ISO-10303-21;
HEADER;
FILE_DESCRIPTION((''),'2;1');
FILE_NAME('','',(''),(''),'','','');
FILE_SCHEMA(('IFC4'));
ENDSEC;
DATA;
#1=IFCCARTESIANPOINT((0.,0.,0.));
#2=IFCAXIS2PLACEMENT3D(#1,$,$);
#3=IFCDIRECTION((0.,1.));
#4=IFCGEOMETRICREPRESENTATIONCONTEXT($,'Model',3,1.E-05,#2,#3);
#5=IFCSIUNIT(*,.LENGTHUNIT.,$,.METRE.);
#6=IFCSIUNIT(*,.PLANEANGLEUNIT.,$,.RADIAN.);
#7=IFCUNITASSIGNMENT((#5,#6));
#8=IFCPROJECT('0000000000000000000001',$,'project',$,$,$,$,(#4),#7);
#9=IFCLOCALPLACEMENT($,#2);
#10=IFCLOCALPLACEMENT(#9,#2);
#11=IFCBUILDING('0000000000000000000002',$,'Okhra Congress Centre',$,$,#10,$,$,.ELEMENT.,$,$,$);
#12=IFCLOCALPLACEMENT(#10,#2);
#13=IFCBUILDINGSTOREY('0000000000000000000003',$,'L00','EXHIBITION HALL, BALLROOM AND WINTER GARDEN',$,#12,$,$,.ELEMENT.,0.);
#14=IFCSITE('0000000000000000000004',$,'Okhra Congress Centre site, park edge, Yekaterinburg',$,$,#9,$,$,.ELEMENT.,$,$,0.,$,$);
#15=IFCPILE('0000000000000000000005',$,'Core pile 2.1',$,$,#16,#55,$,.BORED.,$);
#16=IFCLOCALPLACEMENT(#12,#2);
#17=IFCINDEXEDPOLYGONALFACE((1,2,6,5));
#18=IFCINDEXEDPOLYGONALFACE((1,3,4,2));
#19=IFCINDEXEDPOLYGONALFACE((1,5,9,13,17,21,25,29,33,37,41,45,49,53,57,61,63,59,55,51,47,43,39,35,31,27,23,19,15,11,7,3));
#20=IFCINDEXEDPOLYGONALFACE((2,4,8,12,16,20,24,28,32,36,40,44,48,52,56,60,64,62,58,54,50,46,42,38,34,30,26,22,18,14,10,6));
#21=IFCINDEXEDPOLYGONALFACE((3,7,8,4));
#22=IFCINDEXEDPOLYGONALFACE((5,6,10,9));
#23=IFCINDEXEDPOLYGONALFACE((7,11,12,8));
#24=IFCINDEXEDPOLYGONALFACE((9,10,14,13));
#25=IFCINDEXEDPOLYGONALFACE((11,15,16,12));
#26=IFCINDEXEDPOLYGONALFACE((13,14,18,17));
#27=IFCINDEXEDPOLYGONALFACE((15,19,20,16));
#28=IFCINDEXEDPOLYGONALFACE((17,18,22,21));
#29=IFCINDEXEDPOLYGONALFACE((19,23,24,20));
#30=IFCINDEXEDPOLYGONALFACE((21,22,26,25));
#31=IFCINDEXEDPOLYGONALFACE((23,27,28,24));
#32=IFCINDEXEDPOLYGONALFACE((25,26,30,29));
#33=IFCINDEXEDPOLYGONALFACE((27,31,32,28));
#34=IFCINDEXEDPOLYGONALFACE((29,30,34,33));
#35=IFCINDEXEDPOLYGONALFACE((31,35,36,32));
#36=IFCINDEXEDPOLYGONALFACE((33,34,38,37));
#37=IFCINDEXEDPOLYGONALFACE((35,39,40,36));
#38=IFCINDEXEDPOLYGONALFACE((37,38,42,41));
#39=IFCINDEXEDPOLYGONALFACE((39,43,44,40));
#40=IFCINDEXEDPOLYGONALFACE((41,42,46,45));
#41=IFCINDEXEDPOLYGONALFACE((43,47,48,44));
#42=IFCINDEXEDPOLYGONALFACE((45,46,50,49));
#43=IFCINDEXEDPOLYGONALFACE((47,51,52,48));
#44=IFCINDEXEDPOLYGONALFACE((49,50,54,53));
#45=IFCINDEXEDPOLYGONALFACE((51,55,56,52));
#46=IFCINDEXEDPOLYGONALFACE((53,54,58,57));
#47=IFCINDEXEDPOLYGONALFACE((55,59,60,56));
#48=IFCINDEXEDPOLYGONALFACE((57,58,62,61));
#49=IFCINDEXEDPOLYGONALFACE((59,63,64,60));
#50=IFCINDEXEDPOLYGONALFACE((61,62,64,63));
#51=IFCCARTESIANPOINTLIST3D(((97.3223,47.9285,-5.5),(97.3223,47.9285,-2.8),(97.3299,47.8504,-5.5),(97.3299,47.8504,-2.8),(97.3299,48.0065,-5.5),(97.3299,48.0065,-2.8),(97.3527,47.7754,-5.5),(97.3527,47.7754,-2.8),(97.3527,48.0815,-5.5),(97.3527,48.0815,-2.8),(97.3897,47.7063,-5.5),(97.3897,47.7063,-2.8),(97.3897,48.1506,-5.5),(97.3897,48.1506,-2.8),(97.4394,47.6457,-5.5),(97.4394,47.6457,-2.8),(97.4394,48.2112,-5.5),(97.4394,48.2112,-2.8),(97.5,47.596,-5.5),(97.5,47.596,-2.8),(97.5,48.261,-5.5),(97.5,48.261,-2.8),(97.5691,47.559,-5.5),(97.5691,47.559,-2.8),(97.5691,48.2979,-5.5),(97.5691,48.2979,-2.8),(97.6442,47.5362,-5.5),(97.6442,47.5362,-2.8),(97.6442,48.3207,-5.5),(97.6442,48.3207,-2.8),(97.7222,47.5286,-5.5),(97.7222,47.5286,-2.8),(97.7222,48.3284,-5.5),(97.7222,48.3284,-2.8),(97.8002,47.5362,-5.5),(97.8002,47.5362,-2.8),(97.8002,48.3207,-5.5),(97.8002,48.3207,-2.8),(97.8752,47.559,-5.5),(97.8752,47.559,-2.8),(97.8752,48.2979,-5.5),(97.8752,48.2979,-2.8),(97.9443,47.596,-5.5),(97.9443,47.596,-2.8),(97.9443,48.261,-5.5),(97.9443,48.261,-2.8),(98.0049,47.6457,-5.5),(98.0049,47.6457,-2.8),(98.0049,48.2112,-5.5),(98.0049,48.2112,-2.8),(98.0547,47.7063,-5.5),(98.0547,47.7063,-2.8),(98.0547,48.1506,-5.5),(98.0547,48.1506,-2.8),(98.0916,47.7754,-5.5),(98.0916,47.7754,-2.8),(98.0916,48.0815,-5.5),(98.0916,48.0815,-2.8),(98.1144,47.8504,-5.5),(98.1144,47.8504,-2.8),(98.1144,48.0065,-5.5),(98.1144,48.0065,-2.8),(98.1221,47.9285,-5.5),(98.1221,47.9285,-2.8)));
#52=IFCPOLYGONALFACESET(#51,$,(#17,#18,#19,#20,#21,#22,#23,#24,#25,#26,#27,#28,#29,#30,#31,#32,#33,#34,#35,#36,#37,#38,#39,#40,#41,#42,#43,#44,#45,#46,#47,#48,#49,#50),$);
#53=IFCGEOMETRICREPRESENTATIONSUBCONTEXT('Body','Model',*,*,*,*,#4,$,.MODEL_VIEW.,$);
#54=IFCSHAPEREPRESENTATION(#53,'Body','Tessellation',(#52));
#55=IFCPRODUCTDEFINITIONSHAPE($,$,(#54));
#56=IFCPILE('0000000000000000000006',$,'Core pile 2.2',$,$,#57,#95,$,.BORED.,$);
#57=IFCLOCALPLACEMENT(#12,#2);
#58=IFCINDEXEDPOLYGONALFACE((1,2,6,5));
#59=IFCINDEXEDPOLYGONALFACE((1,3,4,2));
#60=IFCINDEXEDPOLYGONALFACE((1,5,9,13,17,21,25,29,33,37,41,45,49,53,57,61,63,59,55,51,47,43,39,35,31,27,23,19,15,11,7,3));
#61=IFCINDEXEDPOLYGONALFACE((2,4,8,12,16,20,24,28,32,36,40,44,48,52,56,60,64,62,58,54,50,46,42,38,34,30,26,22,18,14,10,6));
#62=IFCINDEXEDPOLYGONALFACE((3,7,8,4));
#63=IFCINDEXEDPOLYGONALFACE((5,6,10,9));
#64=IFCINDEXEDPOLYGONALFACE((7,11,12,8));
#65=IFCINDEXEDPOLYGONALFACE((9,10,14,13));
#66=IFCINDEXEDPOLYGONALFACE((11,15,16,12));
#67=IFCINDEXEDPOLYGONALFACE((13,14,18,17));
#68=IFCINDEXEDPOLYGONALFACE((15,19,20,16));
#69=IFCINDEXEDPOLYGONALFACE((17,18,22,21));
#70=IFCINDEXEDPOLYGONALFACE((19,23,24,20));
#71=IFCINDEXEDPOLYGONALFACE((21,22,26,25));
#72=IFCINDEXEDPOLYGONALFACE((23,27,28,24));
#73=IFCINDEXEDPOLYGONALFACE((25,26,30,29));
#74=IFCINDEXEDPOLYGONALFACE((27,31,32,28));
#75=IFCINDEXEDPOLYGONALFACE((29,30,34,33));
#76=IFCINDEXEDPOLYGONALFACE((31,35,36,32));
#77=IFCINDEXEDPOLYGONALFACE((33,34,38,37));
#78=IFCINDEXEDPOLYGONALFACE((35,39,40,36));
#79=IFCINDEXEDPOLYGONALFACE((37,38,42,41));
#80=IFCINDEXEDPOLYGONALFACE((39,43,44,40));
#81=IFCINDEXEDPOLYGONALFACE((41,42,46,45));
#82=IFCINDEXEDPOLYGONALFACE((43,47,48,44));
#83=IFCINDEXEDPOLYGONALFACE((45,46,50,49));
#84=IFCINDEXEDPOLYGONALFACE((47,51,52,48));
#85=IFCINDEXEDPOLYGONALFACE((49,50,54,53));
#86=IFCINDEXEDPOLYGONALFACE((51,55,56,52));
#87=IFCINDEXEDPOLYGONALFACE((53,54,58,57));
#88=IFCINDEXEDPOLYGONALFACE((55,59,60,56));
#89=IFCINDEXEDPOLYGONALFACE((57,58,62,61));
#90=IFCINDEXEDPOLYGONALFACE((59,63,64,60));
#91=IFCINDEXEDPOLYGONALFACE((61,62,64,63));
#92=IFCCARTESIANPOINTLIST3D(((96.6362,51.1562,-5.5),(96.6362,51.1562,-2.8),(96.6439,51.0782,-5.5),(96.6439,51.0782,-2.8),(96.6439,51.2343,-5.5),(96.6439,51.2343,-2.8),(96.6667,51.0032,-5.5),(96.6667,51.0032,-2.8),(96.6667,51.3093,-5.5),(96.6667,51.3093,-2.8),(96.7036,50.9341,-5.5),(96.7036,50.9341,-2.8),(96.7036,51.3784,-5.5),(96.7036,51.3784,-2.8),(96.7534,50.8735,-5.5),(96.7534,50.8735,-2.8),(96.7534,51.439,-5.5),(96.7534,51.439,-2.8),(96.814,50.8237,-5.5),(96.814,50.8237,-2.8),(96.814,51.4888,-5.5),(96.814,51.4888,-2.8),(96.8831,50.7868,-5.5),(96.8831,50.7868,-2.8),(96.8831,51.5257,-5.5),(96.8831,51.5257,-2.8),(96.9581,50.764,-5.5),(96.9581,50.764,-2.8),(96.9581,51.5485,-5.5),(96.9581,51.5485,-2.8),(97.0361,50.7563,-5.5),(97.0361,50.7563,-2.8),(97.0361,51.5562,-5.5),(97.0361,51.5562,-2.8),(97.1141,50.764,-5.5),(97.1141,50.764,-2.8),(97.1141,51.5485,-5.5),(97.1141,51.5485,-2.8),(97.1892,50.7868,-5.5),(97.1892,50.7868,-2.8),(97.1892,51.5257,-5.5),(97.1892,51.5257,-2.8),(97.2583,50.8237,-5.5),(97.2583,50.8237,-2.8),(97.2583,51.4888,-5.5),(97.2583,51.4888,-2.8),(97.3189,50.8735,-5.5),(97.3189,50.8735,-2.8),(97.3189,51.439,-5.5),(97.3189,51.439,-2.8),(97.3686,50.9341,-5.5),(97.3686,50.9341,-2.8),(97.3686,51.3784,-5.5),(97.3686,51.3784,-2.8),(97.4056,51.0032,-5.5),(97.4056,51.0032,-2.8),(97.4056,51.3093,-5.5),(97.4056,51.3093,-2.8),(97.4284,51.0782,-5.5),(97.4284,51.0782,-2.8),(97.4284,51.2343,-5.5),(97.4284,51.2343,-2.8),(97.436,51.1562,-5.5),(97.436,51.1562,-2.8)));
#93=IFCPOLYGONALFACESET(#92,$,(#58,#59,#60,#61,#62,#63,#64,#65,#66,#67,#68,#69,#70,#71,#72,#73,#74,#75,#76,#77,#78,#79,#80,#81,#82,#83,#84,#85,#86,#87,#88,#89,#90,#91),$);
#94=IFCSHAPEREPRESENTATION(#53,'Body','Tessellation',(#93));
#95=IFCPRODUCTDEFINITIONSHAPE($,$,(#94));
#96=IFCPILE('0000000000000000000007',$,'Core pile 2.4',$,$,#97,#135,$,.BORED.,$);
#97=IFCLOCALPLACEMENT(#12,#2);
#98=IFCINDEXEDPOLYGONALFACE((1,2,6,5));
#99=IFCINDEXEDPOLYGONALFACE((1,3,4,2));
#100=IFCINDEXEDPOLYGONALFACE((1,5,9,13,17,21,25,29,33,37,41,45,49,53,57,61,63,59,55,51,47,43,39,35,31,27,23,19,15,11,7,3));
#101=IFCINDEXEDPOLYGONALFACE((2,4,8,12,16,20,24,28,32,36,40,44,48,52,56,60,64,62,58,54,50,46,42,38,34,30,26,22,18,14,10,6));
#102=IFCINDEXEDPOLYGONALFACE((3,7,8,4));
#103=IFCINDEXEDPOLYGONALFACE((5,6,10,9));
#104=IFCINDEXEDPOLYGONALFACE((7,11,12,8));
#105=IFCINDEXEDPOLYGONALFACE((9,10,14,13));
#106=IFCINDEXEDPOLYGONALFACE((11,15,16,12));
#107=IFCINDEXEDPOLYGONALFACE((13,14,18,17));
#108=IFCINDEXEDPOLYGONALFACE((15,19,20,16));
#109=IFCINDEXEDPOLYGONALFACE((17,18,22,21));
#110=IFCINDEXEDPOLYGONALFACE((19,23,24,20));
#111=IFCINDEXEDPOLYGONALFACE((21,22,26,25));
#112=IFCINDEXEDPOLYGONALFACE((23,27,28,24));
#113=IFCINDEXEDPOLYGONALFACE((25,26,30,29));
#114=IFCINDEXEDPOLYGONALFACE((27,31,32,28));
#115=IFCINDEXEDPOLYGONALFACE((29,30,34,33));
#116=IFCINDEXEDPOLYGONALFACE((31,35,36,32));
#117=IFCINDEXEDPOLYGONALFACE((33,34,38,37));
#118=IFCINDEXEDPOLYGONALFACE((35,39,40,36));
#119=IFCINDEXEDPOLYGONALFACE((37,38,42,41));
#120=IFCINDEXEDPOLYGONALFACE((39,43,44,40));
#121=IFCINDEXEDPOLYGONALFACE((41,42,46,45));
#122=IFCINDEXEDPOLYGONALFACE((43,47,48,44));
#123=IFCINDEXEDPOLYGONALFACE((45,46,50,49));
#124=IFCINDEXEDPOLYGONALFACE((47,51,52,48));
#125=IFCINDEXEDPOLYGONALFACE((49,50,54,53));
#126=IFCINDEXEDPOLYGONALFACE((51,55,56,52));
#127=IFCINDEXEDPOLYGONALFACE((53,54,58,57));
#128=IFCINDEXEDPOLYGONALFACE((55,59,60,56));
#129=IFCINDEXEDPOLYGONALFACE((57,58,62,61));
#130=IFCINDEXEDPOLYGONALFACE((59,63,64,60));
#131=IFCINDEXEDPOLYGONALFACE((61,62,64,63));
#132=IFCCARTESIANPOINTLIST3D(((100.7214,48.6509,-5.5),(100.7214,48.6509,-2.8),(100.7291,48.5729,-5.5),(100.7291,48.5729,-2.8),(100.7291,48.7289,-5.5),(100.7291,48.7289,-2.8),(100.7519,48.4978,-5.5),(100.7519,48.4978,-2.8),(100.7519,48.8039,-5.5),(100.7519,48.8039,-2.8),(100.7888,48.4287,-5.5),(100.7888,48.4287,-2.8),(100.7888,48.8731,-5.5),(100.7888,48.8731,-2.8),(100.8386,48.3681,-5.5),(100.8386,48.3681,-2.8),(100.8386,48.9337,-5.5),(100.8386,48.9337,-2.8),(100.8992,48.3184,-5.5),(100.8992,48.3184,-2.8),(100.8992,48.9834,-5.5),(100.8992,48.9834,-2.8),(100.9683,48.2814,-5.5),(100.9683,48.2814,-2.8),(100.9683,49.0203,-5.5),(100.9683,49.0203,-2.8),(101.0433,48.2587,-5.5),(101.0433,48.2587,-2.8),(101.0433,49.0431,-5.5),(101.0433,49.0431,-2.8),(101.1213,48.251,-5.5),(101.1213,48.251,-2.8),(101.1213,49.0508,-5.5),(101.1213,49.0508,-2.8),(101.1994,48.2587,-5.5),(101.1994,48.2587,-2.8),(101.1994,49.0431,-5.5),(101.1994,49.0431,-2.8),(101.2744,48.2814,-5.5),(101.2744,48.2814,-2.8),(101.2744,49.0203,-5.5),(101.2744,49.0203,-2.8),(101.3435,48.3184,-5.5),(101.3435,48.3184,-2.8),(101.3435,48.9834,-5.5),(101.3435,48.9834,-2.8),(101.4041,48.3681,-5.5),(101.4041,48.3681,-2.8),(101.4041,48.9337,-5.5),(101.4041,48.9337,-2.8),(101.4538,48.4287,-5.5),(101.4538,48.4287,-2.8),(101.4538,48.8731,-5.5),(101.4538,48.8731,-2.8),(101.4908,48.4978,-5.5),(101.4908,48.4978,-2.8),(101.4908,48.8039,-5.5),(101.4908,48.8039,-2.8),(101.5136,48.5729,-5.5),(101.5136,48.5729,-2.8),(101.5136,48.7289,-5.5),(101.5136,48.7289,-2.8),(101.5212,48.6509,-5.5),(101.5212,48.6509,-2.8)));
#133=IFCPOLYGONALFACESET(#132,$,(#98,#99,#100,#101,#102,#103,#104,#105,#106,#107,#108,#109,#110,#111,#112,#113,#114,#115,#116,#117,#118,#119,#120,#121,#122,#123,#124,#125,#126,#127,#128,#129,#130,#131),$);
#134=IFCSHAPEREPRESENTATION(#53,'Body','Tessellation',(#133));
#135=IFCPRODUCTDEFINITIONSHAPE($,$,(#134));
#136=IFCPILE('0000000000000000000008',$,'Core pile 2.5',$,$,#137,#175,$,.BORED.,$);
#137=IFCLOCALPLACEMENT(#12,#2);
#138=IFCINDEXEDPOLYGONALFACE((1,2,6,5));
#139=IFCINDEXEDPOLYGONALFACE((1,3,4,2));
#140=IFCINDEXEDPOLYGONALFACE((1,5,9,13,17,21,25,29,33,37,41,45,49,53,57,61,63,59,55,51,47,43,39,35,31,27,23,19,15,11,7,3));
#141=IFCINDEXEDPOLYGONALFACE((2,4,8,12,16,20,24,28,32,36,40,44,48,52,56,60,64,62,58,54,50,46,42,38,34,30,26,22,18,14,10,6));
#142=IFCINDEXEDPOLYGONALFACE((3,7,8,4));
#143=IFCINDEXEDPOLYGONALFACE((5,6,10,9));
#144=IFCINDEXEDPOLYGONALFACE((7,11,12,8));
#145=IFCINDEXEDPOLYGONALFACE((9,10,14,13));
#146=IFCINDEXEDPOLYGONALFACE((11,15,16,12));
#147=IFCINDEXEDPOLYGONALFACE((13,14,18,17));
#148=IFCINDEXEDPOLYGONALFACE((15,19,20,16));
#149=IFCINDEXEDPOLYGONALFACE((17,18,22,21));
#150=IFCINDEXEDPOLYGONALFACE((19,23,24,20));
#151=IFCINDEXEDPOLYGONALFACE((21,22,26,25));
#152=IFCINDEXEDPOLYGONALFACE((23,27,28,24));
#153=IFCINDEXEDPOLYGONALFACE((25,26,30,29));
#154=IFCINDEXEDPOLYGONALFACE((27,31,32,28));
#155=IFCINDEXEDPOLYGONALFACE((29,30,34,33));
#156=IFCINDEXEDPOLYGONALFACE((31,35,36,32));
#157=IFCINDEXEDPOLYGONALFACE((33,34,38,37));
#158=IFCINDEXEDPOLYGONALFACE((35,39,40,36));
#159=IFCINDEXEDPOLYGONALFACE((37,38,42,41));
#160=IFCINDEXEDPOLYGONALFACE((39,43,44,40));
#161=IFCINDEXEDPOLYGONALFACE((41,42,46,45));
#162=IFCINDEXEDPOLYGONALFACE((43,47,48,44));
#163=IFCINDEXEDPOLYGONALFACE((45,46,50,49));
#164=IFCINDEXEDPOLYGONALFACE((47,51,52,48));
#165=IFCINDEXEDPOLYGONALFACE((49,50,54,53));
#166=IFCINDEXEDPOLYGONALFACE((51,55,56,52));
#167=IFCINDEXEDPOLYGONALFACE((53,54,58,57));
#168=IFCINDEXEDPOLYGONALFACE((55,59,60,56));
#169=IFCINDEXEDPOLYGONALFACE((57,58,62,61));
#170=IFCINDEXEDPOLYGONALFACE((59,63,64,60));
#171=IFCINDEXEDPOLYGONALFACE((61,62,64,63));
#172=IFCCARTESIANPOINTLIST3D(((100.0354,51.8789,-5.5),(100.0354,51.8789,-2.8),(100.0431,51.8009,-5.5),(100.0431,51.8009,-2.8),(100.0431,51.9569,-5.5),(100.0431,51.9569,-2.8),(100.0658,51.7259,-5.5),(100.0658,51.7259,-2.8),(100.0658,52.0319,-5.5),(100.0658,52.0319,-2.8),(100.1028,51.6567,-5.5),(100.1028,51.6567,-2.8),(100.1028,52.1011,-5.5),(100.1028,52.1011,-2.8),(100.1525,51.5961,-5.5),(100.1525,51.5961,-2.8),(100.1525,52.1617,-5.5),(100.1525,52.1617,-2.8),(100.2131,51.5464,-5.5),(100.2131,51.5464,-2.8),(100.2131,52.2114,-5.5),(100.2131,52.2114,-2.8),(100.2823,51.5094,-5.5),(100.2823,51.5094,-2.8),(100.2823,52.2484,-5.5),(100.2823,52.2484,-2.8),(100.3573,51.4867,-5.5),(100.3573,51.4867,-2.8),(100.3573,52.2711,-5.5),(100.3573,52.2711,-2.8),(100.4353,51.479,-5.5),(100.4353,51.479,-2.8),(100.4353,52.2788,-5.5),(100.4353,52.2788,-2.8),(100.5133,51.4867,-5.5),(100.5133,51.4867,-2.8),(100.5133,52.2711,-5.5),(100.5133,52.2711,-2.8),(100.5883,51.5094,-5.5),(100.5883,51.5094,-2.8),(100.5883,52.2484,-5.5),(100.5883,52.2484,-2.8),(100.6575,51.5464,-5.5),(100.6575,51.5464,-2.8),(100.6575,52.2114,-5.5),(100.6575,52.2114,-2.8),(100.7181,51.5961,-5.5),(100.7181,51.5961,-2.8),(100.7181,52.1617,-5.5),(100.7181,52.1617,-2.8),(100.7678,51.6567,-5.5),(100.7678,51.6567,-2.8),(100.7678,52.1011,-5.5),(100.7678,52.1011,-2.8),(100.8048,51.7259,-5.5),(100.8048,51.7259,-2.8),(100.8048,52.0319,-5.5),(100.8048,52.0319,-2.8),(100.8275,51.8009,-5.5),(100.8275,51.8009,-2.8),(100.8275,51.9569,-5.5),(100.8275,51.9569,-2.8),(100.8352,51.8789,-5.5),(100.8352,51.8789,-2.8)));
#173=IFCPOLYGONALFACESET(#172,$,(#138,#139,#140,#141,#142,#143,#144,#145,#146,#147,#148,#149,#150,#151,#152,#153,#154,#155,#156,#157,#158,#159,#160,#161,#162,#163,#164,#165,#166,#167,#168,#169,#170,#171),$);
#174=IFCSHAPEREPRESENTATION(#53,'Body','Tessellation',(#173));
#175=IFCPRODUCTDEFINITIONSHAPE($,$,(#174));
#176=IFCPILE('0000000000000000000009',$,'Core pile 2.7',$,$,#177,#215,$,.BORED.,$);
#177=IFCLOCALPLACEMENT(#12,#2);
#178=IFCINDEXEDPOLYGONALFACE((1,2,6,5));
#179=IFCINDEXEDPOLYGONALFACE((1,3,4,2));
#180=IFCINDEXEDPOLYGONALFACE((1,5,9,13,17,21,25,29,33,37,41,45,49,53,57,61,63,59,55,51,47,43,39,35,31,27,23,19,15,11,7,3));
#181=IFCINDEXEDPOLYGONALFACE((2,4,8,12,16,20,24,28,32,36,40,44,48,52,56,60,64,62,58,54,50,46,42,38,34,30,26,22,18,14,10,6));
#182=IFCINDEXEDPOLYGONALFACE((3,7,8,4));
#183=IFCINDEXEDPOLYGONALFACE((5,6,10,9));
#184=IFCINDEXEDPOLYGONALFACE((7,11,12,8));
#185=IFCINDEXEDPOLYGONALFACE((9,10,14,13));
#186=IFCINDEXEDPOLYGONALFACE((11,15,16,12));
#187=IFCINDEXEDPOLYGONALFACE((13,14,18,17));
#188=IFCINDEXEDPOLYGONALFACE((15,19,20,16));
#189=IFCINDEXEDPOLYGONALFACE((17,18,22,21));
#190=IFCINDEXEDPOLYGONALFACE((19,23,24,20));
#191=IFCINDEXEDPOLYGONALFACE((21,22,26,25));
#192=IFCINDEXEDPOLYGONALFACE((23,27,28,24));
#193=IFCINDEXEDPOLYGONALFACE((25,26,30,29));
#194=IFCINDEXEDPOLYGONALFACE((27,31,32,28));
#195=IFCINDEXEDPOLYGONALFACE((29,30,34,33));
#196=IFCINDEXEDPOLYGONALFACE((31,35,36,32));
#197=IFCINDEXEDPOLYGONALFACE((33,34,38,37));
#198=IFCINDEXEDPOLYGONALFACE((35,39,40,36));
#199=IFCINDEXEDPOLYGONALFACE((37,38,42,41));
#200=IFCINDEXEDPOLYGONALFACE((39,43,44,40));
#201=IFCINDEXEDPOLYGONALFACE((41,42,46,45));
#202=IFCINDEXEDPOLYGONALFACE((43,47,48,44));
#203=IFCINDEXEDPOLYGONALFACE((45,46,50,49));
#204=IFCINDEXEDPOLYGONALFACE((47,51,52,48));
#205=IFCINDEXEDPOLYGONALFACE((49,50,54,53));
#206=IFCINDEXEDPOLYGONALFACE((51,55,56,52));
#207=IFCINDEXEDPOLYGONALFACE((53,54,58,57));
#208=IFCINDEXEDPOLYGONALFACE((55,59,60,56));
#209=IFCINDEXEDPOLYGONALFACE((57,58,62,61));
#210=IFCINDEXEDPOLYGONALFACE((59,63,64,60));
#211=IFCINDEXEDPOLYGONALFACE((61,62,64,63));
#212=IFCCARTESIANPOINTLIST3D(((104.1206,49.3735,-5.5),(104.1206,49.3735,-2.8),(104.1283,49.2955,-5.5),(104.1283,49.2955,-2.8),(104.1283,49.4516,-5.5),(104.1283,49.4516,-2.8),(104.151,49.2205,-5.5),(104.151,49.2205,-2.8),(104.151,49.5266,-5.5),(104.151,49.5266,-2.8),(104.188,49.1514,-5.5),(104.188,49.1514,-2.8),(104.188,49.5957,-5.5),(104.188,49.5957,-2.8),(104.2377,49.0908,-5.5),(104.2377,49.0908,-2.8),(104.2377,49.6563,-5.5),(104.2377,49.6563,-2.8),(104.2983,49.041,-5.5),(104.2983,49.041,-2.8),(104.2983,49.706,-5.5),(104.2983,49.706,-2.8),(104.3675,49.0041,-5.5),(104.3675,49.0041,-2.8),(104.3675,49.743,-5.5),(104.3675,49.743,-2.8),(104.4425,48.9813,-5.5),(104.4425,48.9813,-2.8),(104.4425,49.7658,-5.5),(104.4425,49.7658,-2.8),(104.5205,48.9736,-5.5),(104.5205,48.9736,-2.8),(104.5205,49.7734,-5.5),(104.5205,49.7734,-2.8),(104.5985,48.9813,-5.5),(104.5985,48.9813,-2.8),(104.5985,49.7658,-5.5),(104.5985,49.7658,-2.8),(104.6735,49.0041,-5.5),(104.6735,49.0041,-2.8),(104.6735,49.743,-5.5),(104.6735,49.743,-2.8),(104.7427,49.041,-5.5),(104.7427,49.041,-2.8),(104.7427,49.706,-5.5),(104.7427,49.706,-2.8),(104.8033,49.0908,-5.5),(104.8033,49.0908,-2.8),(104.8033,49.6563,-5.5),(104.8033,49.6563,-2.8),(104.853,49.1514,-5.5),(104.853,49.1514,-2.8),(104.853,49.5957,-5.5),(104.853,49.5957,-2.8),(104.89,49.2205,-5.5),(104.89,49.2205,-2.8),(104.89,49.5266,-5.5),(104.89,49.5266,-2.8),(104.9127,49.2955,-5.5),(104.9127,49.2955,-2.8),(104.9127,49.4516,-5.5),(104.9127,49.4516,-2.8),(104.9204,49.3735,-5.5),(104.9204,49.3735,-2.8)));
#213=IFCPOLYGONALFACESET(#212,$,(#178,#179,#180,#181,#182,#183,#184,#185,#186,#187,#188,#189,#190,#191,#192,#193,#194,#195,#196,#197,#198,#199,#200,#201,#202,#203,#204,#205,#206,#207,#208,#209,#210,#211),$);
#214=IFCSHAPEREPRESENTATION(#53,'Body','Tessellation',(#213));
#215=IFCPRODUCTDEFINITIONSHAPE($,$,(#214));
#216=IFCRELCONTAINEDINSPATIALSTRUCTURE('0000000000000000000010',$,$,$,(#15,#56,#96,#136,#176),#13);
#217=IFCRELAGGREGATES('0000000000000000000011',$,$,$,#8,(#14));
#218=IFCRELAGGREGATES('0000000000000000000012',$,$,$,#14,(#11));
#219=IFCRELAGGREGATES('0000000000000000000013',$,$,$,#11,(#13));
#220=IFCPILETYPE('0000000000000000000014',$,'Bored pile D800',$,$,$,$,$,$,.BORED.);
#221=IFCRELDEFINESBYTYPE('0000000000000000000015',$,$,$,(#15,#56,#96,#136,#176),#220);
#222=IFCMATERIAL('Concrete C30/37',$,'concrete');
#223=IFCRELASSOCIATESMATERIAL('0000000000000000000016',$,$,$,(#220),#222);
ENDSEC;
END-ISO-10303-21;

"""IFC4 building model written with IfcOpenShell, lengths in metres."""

from ifc_helpers import new_model, si_unit, direction, frame, origin, origin_2d, place, context, subcontext, project, spatial, circle, extrude, material, material_profile, profile_set, type_object, element, save


model = new_model("IFC4")

# Units and contexts
model_context = context("Model", 3, precision=1e-05, world=origin(), true_north=direction((0.0, 1.0)))
body_context = subcontext(model_context, "Body", "Model", "MODEL_VIEW")
ifc_project = project(units=[si_unit("LENGTHUNIT", "METRE"), si_unit("PLANEANGLEUNIT", "RADIAN")], contexts=[model_context])

# Site, building, storey
site_placement = place(None, origin())
site = spatial("IfcSite", under=ifc_project, at=site_placement, Name="Okhra Congress Centre site, park edge, Yekaterinburg", CompositionType="ELEMENT", RefElevation=0.0)
building_placement = place(site_placement, origin())
building = spatial("IfcBuilding", under=site, at=building_placement, Name="Okhra Congress Centre", CompositionType="ELEMENT")
storey_placement = place(building_placement, origin())
storey = spatial("IfcBuildingStorey", under=building, at=storey_placement, Name="L00", Description="EXHIBITION HALL, BALLROOM AND WINTER GARDEN", CompositionType="ELEMENT", Elevation=0.0)

# Piles
ifc_material_1 = material(Name="Concrete C30/37", Category="concrete")
ifc_material_profile_1 = material_profile(ifc_material_1, circle(Radius=0.3999, at=origin_2d()), Name="D800")
ifc_profile_set_1 = profile_set([ifc_material_profile_1], Name="Concrete C30/37")
pile_type = type_object("IfcPileType", Name="Bored pile D800", PredefinedType="BORED", material=ifc_profile_set_1)
for number, where, z_axis, x_axis, name in (
    (1, (97.7222, 47.9285, -2.8), (0.0, 0.0, -1.0), (1.0, 0.0, 0.0), "Core pile 2.1"),
    (2, (97.0361, 51.1562, -2.8), (0.0, 0.0, -1.0), (1.0, 0.0, 0.0), "Core pile 2.2"),
    (3, (101.1213, 48.6509, -2.8), (0.0, 0.0, -1.0), (1.0, 0.0, 0.0), "Core pile 2.4"),
    (4, (100.4353, 51.8789, -2.8), (0.0, 0.0, -1.0), (1.0, 0.0, 0.0), "Core pile 2.5"),
    (5, (104.5205, 49.3735, -2.8), (0.0, 0.0, -1.0), (1.0, 0.0, 0.0), "Core pile 2.7"),
):
    element("IfcPile", number, at=place(storey_placement, frame(where, z_axis=z_axis, x_axis=x_axis)), inside=storey, type_object=pile_type, Name=name, PredefinedType="BORED", context=body_context, shape_type="SweptSolid", body=[
        extrude(circle(Radius=0.3999, at=origin_2d()), origin(), (0.0, 0.0, 1.0), 2.7),
    ])

save(model, "model.ifc")
